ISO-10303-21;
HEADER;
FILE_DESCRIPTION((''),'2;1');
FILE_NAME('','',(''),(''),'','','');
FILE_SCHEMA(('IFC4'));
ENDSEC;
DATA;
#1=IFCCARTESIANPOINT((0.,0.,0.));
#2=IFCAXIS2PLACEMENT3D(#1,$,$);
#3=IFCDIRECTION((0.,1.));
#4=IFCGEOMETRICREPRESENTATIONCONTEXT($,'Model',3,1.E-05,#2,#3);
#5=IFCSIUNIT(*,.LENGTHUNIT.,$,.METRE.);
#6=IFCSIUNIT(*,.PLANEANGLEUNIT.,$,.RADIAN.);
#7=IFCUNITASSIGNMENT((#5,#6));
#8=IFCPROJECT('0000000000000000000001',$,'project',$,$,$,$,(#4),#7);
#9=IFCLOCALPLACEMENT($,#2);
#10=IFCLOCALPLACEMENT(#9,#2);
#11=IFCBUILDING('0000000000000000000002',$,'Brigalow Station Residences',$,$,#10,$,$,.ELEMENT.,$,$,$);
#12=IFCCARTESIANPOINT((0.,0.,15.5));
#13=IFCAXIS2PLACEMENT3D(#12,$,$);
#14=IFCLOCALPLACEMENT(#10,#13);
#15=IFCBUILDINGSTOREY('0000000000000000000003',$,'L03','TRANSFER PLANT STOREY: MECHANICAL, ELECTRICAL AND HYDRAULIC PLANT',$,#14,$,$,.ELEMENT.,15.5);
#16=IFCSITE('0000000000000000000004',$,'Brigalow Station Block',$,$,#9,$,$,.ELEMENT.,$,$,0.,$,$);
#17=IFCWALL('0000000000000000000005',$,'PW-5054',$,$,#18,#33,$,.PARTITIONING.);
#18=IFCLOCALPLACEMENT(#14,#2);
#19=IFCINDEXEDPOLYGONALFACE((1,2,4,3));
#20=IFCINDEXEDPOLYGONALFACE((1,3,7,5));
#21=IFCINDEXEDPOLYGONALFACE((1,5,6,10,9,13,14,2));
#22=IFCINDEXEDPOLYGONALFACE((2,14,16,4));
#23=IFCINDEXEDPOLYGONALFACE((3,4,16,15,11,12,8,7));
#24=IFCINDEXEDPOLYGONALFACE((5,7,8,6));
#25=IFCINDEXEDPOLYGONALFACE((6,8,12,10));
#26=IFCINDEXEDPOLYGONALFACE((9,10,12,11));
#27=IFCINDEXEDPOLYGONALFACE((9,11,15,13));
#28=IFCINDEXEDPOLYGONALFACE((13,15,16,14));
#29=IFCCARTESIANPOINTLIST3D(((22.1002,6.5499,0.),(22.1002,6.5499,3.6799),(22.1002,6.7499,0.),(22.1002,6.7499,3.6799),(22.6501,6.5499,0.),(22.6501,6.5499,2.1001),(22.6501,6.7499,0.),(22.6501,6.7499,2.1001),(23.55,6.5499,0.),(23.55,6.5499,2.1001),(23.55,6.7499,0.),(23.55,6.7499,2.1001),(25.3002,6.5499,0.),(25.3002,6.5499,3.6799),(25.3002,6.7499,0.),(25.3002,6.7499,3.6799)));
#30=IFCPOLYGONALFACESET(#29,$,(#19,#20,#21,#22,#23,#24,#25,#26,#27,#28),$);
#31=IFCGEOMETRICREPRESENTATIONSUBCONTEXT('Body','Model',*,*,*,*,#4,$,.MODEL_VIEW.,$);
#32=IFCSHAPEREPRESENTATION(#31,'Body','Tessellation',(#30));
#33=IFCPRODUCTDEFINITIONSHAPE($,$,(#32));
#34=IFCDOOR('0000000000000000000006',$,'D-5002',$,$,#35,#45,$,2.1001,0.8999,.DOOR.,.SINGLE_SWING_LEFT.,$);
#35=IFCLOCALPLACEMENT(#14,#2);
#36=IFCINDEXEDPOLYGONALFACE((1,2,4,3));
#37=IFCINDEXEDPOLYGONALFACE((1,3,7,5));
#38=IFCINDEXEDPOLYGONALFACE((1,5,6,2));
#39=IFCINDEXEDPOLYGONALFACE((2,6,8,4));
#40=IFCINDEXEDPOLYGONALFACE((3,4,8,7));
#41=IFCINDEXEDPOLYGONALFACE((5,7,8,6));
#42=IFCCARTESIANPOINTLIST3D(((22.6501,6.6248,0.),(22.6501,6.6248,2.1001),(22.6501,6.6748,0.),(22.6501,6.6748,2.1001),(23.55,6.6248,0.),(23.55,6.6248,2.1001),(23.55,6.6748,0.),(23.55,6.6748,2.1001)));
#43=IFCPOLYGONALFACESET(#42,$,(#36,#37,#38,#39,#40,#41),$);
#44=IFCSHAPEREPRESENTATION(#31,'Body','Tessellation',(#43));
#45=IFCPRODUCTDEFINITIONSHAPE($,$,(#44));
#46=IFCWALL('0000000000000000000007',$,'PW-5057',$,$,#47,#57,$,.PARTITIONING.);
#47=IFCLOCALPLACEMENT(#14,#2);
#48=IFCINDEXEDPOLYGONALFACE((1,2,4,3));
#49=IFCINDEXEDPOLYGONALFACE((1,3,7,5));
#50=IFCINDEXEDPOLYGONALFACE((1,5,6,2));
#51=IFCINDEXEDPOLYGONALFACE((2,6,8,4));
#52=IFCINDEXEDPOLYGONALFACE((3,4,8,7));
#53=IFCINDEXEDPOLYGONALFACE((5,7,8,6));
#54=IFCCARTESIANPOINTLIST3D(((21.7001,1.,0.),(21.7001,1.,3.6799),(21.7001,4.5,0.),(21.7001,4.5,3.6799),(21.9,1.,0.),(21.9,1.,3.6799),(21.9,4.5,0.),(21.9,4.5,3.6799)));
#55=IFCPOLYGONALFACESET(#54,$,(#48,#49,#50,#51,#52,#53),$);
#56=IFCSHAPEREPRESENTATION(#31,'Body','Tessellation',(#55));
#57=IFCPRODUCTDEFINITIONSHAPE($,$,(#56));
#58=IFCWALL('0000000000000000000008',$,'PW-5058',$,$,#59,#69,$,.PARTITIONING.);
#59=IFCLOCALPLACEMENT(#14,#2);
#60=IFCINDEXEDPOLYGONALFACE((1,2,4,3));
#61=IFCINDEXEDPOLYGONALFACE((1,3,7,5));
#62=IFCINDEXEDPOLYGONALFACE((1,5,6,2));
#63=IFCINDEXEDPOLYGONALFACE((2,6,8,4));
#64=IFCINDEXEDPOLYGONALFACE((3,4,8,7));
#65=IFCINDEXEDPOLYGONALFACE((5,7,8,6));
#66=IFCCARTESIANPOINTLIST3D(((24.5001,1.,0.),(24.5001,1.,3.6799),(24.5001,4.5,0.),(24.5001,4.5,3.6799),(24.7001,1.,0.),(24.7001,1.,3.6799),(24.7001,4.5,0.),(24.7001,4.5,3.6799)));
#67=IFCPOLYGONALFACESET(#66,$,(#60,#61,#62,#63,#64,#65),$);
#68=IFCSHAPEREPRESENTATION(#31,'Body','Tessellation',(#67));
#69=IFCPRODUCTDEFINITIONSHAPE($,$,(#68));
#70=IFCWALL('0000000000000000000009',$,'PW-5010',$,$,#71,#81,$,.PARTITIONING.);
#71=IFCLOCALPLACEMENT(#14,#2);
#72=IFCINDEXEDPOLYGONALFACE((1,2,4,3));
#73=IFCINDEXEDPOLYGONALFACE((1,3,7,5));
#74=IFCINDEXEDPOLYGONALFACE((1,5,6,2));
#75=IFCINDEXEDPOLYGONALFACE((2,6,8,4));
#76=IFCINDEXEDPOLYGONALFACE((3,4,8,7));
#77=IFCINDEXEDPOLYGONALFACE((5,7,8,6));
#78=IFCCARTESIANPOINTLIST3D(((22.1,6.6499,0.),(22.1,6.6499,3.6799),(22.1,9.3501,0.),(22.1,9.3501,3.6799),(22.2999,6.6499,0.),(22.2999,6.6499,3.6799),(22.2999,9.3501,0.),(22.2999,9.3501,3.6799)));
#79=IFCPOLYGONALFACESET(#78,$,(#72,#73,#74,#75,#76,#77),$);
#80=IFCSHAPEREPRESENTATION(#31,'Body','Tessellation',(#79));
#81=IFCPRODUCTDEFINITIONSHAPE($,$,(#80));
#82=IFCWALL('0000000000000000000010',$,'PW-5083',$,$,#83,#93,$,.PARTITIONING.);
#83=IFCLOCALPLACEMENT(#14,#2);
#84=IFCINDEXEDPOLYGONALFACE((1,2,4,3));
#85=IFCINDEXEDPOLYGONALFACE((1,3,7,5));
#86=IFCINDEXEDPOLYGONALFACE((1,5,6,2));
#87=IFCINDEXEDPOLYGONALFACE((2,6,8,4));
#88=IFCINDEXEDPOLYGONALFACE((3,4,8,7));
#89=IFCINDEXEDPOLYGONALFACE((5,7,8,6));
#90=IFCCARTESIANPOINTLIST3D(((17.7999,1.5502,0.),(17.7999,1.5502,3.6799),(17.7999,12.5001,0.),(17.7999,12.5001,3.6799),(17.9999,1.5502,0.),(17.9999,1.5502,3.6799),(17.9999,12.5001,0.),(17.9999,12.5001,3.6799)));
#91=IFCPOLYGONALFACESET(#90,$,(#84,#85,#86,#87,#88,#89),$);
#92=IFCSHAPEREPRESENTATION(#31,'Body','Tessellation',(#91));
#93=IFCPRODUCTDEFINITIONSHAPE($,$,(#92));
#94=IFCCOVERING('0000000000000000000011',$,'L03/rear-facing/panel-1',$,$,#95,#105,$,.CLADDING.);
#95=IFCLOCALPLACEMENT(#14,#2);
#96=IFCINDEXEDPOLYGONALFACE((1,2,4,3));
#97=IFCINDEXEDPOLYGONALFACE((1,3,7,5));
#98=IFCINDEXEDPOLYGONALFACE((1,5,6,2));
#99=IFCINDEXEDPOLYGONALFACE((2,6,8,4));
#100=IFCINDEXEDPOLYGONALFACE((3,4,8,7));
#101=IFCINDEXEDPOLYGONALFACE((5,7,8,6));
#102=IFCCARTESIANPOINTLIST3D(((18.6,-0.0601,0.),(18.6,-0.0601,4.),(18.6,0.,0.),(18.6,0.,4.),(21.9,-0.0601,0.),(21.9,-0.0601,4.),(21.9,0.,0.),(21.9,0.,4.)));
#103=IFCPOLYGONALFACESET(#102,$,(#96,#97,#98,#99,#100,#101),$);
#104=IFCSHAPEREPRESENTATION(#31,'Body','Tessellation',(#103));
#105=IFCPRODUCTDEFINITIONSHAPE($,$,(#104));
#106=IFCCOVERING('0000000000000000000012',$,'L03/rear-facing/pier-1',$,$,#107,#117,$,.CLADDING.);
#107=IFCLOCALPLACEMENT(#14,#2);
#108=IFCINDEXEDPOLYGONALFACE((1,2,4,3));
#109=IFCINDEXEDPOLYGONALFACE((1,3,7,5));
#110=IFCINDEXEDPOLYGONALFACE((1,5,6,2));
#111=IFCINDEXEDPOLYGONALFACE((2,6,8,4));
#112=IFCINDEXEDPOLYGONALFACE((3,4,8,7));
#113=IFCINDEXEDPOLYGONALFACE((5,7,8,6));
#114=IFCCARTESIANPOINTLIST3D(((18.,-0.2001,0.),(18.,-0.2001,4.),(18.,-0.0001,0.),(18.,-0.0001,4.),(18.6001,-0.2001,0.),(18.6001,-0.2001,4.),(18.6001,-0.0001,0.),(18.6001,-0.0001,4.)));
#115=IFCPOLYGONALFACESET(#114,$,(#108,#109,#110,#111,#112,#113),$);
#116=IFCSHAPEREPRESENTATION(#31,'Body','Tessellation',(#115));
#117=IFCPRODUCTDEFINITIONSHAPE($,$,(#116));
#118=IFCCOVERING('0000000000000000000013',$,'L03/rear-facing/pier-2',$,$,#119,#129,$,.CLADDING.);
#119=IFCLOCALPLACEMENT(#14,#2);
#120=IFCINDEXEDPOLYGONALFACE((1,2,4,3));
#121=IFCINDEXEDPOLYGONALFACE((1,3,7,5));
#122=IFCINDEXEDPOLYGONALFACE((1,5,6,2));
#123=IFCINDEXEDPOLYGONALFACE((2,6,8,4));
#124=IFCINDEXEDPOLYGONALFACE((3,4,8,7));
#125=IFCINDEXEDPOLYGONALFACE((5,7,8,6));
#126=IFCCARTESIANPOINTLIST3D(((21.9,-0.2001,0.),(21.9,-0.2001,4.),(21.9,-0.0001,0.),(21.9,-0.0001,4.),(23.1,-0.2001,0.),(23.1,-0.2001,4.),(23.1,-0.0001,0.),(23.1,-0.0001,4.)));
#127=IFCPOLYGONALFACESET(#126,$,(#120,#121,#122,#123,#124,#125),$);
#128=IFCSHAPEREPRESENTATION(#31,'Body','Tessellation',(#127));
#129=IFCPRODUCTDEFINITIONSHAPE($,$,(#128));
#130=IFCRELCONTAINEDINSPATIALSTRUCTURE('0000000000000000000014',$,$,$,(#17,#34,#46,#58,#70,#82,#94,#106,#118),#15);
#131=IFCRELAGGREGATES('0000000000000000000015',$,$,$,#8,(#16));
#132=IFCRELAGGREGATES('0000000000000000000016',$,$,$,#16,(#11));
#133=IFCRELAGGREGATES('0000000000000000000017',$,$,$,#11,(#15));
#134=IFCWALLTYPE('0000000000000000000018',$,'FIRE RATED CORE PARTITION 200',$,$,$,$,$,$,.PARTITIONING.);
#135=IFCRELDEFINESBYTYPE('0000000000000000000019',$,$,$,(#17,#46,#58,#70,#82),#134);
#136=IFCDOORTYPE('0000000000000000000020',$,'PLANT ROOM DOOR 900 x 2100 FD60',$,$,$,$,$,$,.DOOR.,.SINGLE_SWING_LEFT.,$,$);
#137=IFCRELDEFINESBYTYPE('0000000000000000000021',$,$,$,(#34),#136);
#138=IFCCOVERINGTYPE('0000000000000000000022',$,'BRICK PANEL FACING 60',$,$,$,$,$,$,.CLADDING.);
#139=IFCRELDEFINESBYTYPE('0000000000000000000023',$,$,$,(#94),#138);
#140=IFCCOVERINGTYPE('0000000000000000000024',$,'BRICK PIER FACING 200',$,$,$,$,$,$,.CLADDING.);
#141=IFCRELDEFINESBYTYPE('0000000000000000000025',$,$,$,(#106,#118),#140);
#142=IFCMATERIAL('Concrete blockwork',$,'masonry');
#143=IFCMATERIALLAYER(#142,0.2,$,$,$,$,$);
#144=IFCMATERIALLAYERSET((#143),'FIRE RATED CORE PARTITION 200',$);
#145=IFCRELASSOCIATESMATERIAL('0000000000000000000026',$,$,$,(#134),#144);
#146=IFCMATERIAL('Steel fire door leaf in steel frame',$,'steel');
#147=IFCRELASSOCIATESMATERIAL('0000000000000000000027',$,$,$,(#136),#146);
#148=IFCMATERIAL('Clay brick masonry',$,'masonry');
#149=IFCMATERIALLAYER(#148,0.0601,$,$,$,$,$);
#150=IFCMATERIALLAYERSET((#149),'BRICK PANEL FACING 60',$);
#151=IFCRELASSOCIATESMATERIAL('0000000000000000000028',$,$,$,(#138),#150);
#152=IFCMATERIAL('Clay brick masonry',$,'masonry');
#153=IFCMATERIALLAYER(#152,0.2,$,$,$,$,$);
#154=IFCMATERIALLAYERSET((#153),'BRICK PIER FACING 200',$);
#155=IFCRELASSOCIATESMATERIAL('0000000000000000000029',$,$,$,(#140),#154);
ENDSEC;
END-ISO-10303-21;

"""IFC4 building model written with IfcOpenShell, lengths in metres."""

from ifc_helpers import new_model, si_unit, direction, frame, frame_2d, origin, origin_2d, place, context, subcontext, project, spatial, rectangle, extrude, material, layer, layer_set, type_object, element, fill, save


model = new_model("IFC4")

# Units and contexts
model_context = context("Model", 3, precision=1e-05, world=origin(), true_north=direction((0.0, 1.0)))
body_context = subcontext(model_context, "Body", "Model", "MODEL_VIEW")
ifc_project = project(units=[si_unit("LENGTHUNIT", "METRE"), si_unit("PLANEANGLEUNIT", "RADIAN")], contexts=[model_context])

# Site, building, storey
site_placement = place(None, origin())
site = spatial("IfcSite", under=ifc_project, at=site_placement, Name="Brigalow Station Block", CompositionType="ELEMENT", RefElevation=0.0)
building_placement = place(site_placement, origin())
building = spatial("IfcBuilding", under=site, at=building_placement, Name="Brigalow Station Residences", CompositionType="ELEMENT")
storey_placement = place(building_placement, frame((0.0, 0.0, 15.5)))
storey = spatial("IfcBuildingStorey", under=building, at=storey_placement, Name="L03", Description="TRANSFER PLANT STOREY: MECHANICAL, ELECTRICAL AND HYDRAULIC PLANT", CompositionType="ELEMENT", Elevation=15.5)

# Shared definitions
ifc_material_1 = material(Name="Concrete blockwork", Category="masonry")
ifc_layer_1 = layer(ifc_material_1, 0.2)
ifc_layer_set_1 = layer_set([ifc_layer_1], Name="FIRE RATED CORE PARTITION 200")
wall_type_1 = type_object("IfcWallType", Name="FIRE RATED CORE PARTITION 200", PredefinedType="PARTITIONING", material=ifc_layer_set_1)
ifc_material_2 = material(Name="Steel fire door leaf in steel frame", Category="steel")
door_type_1 = type_object("IfcDoorType", Name="PLANT ROOM DOOR 900 x 2100 FD60", OperationType="SINGLE_SWING_LEFT", PredefinedType="DOOR", material=ifc_material_2)

# Wall, opening, door
wall_1_placement = place(storey_placement, frame((22.1001, 6.6499, 0.0), z_axis=(0.0, 0.0, 1.0), x_axis=(1.0, 0.0, 0.0)))
wall_1 = element("IfcWall", 1, at=wall_1_placement, inside=storey, type_object=wall_type_1, Name="PW-5054", PredefinedType="PARTITIONING", context=body_context, shape_type="SweptSolid", body=[
    extrude(rectangle(XDim=3.2, YDim=0.2, at=frame_2d((1.6001, 0.0))), origin(), (0.0, 0.0, 1.0), 3.6799),
])
opening_1_placement = place(wall_1_placement, frame((0.55, 0.0, 0.0)))
opening_1 = element("IfcOpeningElement", 2, at=opening_1_placement, cuts=wall_1, PredefinedType="OPENING", context=body_context, shape_type="SweptSolid", body=[
    extrude(rectangle(XDim=0.8999, YDim=2.1001, at=frame_2d((0.45, 1.05))), frame((0.0, 0.1099, 0.0), z_axis=(0.0, -1.0, 0.0), x_axis=(1.0, 0.0, 0.0)), (0.0, 0.0, 1.0), 0.22),
])
door_1_placement = place(opening_1_placement, origin())
door_1 = element("IfcDoor", 3, at=door_1_placement, inside=storey, type_object=door_type_1, Name="D-5002", OperationType="SINGLE_SWING_LEFT", OverallHeight=2.1001, OverallWidth=0.8999, PredefinedType="DOOR", context=body_context, shape_type="SweptSolid", body=[
    extrude(rectangle(XDim=0.8999, YDim=2.1001, at=frame_2d((0.45, 1.05))), frame((0.0, 0.0249, 0.0), z_axis=(0.0, -1.0, 0.0), x_axis=(1.0, 0.0, 0.0)), (0.0, 0.0, 1.0), 0.05),
])
fill(opening_1, door_1)

# Walls
for number, where, z_axis, x_axis, name in (
    (4, (21.8, 1.0, 0.0), (0.0, 0.0, 1.0), (0.0, 1.0, 0.0), "PW-5057"),
    (5, (24.6001, 1.0, 0.0), (0.0, 0.0, 1.0), (0.0, 1.0, 0.0), "PW-5058"),
):
    element("IfcWall", number, at=place(storey_placement, frame(where, z_axis=z_axis, x_axis=x_axis)), inside=storey, type_object=wall_type_1, Name=name, PredefinedType="PARTITIONING", context=body_context, shape_type="SweptSolid", body=[
        extrude(rectangle(XDim=3.5, YDim=0.2, at=frame_2d((1.75, 0.0))), origin(), (0.0, 0.0, 1.0), 3.6799),
    ])
wall_2_placement = place(storey_placement, frame((22.2, 6.6499, 0.0), z_axis=(0.0, 0.0, 1.0), x_axis=(0.0, 1.0, 0.0)))
element("IfcWall", 6, at=wall_2_placement, inside=storey, type_object=wall_type_1, Name="PW-5010", PredefinedType="PARTITIONING", context=body_context, shape_type="SweptSolid", body=[
    extrude(rectangle(XDim=2.7002, YDim=0.2, at=frame_2d((1.3501, 0.0))), origin(), (0.0, 0.0, 1.0), 3.6799),
])
wall_3_placement = place(storey_placement, frame((17.8999, 1.55, 0.0), z_axis=(0.0, 0.0, 1.0), x_axis=(0.0, 1.0, 0.0)))
element("IfcWall", 7, at=wall_3_placement, inside=storey, type_object=wall_type_1, Name="PW-5083", PredefinedType="PARTITIONING", context=body_context, shape_type="SweptSolid", body=[
    extrude(rectangle(XDim=10.95, YDim=0.2, at=frame_2d((5.4751, 0.0))), origin(), (0.0, 0.0, 1.0), 3.6799),
])

# Coverings
ifc_material_3 = material(Name="Clay brick masonry", Category="masonry")
ifc_layer_2 = layer(ifc_material_3, 0.0601)
ifc_layer_set_2 = layer_set([ifc_layer_2], Name="BRICK PANEL FACING 60")
covering_type_1 = type_object("IfcCoveringType", Name="BRICK PANEL FACING 60", PredefinedType="CLADDING", material=ifc_layer_set_2)
covering_1_placement = place(storey_placement, frame((20.25, -0.03, 0.0), z_axis=(0.0, 0.0, 1.0), x_axis=(1.0, 0.0, 0.0)))
element("IfcCovering", 8, at=covering_1_placement, inside=storey, type_object=covering_type_1, Name="L03/rear-facing/panel-1", PredefinedType="CLADDING", context=body_context, shape_type="SweptSolid", body=[
    extrude(rectangle(XDim=3.3, YDim=0.0601, at=origin_2d()), origin(), (0.0, 0.0, 1.0), 4.0),
])
ifc_material_4 = material(Name="Clay brick masonry", Category="masonry")
ifc_layer_3 = layer(ifc_material_4, 0.2)
ifc_layer_set_3 = layer_set([ifc_layer_3], Name="BRICK PIER FACING 200")
covering_type_2 = type_object("IfcCoveringType", Name="BRICK PIER FACING 200", PredefinedType="CLADDING", material=ifc_layer_set_3)
covering_2_placement = place(storey_placement, frame((18.3, -0.1001, 0.0), z_axis=(0.0, 0.0, 1.0), x_axis=(1.0, 0.0, 0.0)))
element("IfcCovering", 9, at=covering_2_placement, inside=storey, type_object=covering_type_2, Name="L03/rear-facing/pier-1", PredefinedType="CLADDING", context=body_context, shape_type="SweptSolid", body=[
    extrude(rectangle(XDim=0.6001, YDim=0.2, at=origin_2d()), origin(), (0.0, 0.0, 1.0), 4.0),
])
covering_3_placement = place(storey_placement, frame((22.5, -0.1001, 0.0), z_axis=(0.0, 0.0, 1.0), x_axis=(1.0, 0.0, 0.0)))
element("IfcCovering", 10, at=covering_3_placement, inside=storey, type_object=covering_type_2, Name="L03/rear-facing/pier-2", PredefinedType="CLADDING", context=body_context, shape_type="SweptSolid", body=[
    extrude(rectangle(XDim=1.2, YDim=0.2, at=origin_2d()), origin(), (0.0, 0.0, 1.0), 4.0),
])

save(model, "model.ifc")
